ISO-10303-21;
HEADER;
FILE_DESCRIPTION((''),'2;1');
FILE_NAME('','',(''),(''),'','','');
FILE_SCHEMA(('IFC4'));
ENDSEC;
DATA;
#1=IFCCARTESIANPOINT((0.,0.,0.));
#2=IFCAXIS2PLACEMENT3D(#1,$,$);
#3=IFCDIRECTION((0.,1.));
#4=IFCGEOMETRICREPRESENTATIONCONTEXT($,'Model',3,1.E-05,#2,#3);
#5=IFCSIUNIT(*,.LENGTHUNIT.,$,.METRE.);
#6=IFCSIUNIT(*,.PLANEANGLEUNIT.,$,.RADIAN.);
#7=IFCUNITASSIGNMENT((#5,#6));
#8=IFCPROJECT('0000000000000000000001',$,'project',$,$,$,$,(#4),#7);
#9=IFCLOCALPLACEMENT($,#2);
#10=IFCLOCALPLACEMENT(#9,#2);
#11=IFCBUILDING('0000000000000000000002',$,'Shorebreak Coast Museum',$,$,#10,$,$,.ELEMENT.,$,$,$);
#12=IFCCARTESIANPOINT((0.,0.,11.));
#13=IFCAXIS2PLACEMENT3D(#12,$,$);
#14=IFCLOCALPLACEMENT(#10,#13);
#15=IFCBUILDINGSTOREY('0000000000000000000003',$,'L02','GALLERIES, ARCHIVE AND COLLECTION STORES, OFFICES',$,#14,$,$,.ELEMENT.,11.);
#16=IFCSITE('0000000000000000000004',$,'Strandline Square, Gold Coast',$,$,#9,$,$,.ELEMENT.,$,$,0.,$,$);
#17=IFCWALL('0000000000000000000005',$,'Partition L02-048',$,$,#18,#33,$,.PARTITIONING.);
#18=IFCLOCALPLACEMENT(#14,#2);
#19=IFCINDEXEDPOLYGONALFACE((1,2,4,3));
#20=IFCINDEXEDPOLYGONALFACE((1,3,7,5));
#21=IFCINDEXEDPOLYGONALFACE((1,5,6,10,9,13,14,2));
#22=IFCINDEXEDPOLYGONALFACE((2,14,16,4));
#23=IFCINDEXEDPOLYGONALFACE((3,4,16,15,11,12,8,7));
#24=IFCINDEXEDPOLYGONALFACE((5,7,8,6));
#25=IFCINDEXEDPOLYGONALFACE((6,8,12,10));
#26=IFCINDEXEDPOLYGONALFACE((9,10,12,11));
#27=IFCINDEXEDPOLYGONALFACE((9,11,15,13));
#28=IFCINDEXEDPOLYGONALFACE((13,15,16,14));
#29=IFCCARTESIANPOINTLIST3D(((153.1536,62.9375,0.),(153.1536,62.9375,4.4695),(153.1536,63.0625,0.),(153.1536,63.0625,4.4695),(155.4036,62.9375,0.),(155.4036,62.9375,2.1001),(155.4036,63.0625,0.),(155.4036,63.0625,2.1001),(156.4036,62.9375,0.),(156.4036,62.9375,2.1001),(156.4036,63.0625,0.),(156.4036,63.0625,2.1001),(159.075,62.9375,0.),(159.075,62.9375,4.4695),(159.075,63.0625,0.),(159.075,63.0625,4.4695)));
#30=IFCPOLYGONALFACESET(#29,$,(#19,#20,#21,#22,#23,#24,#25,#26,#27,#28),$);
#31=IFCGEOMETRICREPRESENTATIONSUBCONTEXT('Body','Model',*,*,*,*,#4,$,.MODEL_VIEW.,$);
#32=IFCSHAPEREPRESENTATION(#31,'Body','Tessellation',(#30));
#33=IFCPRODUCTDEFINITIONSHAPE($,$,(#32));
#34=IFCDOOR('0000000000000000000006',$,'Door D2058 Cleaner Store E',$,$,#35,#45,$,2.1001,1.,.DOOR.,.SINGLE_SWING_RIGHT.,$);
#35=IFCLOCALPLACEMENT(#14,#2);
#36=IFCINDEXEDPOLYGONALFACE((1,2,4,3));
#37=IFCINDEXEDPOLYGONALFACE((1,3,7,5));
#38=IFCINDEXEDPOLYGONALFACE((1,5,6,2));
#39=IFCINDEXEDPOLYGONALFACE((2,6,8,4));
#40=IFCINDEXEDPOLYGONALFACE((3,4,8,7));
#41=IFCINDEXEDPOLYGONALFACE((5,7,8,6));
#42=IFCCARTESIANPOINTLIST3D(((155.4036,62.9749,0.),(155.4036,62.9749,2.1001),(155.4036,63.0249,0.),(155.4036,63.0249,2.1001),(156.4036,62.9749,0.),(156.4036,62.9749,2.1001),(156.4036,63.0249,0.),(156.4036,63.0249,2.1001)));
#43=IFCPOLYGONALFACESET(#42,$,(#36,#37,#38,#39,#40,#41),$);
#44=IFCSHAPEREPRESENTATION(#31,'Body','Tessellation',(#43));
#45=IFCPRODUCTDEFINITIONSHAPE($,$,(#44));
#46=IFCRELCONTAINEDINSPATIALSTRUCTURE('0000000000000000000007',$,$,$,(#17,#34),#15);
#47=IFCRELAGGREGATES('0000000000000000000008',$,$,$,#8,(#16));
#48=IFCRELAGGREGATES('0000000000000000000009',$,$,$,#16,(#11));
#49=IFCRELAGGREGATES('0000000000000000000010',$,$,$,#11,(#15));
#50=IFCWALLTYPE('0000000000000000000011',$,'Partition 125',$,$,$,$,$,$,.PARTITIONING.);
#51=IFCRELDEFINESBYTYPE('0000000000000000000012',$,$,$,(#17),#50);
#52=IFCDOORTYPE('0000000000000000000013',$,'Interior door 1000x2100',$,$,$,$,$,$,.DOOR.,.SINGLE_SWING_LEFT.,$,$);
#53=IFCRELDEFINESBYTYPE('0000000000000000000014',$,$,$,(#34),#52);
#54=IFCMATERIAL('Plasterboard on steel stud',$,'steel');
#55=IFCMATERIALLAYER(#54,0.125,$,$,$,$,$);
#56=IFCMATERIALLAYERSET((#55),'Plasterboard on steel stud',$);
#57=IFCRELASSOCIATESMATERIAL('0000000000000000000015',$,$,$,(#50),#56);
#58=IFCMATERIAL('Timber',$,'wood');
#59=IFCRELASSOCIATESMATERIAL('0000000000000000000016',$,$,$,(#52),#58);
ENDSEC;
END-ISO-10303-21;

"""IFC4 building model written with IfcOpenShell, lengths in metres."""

from ifc_helpers import new_model, si_unit, direction, frame, frame_2d, origin, place, context, subcontext, project, spatial, rectangle, extrude, material, layer, layer_set, type_object, element, fill, save


model = new_model("IFC4")

# Units and contexts
model_context = context("Model", 3, precision=1e-05, world=origin(), true_north=direction((0.0, 1.0)))
body_context = subcontext(model_context, "Body", "Model", "MODEL_VIEW")
ifc_project = project(units=[si_unit("LENGTHUNIT", "METRE"), si_unit("PLANEANGLEUNIT", "RADIAN")], contexts=[model_context])

# Site, building, storey
site_placement = place(None, origin())
site = spatial("IfcSite", under=ifc_project, at=site_placement, Name="Strandline Square, Gold Coast", CompositionType="ELEMENT", RefElevation=0.0)
building_placement = place(site_placement, origin())
building = spatial("IfcBuilding", under=site, at=building_placement, Name="Shorebreak Coast Museum", CompositionType="ELEMENT")
storey_placement = place(building_placement, frame((0.0, 0.0, 11.0)))
storey = spatial("IfcBuildingStorey", under=building, at=storey_placement, Name="L02", Description="GALLERIES, ARCHIVE AND COLLECTION STORES, OFFICES", CompositionType="ELEMENT", Elevation=11.0)

# Wall, opening, door
ifc_material_1 = material(Name="Plasterboard on steel stud", Category="steel")
ifc_layer_1 = layer(ifc_material_1, 0.125)
ifc_layer_set_1 = layer_set([ifc_layer_1], Name="Plasterboard on steel stud")
wall_type_1 = type_object("IfcWallType", Name="Partition 125", PredefinedType="PARTITIONING", material=ifc_layer_set_1)
wall_1_placement = place(storey_placement, frame((153.1536, 63.0, 0.0), z_axis=(0.0, 0.0, 1.0), x_axis=(1.0, 0.0, 0.0)))
wall_1 = element("IfcWall", 1, at=wall_1_placement, inside=storey, type_object=wall_type_1, Name="Partition L02-048", PredefinedType="PARTITIONING", context=body_context, shape_type="SweptSolid", body=[
    extrude(rectangle(XDim=5.9214, YDim=0.125, at=frame_2d((2.9607, 0.0))), origin(), (0.0, 0.0, 1.0), 4.4695),
])
opening_placement = place(wall_1_placement, frame((2.25, 0.0, 0.0)))
opening = element("IfcOpeningElement", 2, at=opening_placement, cuts=wall_1, PredefinedType="OPENING", context=body_context, shape_type="SweptSolid", body=[
    extrude(rectangle(XDim=1.0, YDim=2.1001, at=frame_2d((0.5, 1.05))), frame((0.0, 0.0725, 0.0), z_axis=(0.0, -1.0, 0.0), x_axis=(1.0, 0.0, 0.0)), (0.0, 0.0, 1.0), 0.145),
])
ifc_material_2 = material(Name="Timber", Category="wood")
door_type = type_object("IfcDoorType", Name="Interior door 1000x2100", OperationType="SINGLE_SWING_LEFT", PredefinedType="DOOR", material=ifc_material_2)
door_placement = place(opening_placement, origin())
door = element("IfcDoor", 3, at=door_placement, inside=storey, type_object=door_type, Name="Door D2058 Cleaner Store E", OperationType="SINGLE_SWING_RIGHT", OverallHeight=2.1001, OverallWidth=1.0, PredefinedType="DOOR", context=body_context, shape_type="SweptSolid", body=[
    extrude(rectangle(XDim=1.0, YDim=2.1001, at=frame_2d((0.5, 1.05))), frame((0.0, 0.0249, 0.0), z_axis=(0.0, -1.0, 0.0), x_axis=(1.0, 0.0, 0.0)), (0.0, 0.0, 1.0), 0.05),
])
fill(opening, door)

save(model, "model.ifc")
